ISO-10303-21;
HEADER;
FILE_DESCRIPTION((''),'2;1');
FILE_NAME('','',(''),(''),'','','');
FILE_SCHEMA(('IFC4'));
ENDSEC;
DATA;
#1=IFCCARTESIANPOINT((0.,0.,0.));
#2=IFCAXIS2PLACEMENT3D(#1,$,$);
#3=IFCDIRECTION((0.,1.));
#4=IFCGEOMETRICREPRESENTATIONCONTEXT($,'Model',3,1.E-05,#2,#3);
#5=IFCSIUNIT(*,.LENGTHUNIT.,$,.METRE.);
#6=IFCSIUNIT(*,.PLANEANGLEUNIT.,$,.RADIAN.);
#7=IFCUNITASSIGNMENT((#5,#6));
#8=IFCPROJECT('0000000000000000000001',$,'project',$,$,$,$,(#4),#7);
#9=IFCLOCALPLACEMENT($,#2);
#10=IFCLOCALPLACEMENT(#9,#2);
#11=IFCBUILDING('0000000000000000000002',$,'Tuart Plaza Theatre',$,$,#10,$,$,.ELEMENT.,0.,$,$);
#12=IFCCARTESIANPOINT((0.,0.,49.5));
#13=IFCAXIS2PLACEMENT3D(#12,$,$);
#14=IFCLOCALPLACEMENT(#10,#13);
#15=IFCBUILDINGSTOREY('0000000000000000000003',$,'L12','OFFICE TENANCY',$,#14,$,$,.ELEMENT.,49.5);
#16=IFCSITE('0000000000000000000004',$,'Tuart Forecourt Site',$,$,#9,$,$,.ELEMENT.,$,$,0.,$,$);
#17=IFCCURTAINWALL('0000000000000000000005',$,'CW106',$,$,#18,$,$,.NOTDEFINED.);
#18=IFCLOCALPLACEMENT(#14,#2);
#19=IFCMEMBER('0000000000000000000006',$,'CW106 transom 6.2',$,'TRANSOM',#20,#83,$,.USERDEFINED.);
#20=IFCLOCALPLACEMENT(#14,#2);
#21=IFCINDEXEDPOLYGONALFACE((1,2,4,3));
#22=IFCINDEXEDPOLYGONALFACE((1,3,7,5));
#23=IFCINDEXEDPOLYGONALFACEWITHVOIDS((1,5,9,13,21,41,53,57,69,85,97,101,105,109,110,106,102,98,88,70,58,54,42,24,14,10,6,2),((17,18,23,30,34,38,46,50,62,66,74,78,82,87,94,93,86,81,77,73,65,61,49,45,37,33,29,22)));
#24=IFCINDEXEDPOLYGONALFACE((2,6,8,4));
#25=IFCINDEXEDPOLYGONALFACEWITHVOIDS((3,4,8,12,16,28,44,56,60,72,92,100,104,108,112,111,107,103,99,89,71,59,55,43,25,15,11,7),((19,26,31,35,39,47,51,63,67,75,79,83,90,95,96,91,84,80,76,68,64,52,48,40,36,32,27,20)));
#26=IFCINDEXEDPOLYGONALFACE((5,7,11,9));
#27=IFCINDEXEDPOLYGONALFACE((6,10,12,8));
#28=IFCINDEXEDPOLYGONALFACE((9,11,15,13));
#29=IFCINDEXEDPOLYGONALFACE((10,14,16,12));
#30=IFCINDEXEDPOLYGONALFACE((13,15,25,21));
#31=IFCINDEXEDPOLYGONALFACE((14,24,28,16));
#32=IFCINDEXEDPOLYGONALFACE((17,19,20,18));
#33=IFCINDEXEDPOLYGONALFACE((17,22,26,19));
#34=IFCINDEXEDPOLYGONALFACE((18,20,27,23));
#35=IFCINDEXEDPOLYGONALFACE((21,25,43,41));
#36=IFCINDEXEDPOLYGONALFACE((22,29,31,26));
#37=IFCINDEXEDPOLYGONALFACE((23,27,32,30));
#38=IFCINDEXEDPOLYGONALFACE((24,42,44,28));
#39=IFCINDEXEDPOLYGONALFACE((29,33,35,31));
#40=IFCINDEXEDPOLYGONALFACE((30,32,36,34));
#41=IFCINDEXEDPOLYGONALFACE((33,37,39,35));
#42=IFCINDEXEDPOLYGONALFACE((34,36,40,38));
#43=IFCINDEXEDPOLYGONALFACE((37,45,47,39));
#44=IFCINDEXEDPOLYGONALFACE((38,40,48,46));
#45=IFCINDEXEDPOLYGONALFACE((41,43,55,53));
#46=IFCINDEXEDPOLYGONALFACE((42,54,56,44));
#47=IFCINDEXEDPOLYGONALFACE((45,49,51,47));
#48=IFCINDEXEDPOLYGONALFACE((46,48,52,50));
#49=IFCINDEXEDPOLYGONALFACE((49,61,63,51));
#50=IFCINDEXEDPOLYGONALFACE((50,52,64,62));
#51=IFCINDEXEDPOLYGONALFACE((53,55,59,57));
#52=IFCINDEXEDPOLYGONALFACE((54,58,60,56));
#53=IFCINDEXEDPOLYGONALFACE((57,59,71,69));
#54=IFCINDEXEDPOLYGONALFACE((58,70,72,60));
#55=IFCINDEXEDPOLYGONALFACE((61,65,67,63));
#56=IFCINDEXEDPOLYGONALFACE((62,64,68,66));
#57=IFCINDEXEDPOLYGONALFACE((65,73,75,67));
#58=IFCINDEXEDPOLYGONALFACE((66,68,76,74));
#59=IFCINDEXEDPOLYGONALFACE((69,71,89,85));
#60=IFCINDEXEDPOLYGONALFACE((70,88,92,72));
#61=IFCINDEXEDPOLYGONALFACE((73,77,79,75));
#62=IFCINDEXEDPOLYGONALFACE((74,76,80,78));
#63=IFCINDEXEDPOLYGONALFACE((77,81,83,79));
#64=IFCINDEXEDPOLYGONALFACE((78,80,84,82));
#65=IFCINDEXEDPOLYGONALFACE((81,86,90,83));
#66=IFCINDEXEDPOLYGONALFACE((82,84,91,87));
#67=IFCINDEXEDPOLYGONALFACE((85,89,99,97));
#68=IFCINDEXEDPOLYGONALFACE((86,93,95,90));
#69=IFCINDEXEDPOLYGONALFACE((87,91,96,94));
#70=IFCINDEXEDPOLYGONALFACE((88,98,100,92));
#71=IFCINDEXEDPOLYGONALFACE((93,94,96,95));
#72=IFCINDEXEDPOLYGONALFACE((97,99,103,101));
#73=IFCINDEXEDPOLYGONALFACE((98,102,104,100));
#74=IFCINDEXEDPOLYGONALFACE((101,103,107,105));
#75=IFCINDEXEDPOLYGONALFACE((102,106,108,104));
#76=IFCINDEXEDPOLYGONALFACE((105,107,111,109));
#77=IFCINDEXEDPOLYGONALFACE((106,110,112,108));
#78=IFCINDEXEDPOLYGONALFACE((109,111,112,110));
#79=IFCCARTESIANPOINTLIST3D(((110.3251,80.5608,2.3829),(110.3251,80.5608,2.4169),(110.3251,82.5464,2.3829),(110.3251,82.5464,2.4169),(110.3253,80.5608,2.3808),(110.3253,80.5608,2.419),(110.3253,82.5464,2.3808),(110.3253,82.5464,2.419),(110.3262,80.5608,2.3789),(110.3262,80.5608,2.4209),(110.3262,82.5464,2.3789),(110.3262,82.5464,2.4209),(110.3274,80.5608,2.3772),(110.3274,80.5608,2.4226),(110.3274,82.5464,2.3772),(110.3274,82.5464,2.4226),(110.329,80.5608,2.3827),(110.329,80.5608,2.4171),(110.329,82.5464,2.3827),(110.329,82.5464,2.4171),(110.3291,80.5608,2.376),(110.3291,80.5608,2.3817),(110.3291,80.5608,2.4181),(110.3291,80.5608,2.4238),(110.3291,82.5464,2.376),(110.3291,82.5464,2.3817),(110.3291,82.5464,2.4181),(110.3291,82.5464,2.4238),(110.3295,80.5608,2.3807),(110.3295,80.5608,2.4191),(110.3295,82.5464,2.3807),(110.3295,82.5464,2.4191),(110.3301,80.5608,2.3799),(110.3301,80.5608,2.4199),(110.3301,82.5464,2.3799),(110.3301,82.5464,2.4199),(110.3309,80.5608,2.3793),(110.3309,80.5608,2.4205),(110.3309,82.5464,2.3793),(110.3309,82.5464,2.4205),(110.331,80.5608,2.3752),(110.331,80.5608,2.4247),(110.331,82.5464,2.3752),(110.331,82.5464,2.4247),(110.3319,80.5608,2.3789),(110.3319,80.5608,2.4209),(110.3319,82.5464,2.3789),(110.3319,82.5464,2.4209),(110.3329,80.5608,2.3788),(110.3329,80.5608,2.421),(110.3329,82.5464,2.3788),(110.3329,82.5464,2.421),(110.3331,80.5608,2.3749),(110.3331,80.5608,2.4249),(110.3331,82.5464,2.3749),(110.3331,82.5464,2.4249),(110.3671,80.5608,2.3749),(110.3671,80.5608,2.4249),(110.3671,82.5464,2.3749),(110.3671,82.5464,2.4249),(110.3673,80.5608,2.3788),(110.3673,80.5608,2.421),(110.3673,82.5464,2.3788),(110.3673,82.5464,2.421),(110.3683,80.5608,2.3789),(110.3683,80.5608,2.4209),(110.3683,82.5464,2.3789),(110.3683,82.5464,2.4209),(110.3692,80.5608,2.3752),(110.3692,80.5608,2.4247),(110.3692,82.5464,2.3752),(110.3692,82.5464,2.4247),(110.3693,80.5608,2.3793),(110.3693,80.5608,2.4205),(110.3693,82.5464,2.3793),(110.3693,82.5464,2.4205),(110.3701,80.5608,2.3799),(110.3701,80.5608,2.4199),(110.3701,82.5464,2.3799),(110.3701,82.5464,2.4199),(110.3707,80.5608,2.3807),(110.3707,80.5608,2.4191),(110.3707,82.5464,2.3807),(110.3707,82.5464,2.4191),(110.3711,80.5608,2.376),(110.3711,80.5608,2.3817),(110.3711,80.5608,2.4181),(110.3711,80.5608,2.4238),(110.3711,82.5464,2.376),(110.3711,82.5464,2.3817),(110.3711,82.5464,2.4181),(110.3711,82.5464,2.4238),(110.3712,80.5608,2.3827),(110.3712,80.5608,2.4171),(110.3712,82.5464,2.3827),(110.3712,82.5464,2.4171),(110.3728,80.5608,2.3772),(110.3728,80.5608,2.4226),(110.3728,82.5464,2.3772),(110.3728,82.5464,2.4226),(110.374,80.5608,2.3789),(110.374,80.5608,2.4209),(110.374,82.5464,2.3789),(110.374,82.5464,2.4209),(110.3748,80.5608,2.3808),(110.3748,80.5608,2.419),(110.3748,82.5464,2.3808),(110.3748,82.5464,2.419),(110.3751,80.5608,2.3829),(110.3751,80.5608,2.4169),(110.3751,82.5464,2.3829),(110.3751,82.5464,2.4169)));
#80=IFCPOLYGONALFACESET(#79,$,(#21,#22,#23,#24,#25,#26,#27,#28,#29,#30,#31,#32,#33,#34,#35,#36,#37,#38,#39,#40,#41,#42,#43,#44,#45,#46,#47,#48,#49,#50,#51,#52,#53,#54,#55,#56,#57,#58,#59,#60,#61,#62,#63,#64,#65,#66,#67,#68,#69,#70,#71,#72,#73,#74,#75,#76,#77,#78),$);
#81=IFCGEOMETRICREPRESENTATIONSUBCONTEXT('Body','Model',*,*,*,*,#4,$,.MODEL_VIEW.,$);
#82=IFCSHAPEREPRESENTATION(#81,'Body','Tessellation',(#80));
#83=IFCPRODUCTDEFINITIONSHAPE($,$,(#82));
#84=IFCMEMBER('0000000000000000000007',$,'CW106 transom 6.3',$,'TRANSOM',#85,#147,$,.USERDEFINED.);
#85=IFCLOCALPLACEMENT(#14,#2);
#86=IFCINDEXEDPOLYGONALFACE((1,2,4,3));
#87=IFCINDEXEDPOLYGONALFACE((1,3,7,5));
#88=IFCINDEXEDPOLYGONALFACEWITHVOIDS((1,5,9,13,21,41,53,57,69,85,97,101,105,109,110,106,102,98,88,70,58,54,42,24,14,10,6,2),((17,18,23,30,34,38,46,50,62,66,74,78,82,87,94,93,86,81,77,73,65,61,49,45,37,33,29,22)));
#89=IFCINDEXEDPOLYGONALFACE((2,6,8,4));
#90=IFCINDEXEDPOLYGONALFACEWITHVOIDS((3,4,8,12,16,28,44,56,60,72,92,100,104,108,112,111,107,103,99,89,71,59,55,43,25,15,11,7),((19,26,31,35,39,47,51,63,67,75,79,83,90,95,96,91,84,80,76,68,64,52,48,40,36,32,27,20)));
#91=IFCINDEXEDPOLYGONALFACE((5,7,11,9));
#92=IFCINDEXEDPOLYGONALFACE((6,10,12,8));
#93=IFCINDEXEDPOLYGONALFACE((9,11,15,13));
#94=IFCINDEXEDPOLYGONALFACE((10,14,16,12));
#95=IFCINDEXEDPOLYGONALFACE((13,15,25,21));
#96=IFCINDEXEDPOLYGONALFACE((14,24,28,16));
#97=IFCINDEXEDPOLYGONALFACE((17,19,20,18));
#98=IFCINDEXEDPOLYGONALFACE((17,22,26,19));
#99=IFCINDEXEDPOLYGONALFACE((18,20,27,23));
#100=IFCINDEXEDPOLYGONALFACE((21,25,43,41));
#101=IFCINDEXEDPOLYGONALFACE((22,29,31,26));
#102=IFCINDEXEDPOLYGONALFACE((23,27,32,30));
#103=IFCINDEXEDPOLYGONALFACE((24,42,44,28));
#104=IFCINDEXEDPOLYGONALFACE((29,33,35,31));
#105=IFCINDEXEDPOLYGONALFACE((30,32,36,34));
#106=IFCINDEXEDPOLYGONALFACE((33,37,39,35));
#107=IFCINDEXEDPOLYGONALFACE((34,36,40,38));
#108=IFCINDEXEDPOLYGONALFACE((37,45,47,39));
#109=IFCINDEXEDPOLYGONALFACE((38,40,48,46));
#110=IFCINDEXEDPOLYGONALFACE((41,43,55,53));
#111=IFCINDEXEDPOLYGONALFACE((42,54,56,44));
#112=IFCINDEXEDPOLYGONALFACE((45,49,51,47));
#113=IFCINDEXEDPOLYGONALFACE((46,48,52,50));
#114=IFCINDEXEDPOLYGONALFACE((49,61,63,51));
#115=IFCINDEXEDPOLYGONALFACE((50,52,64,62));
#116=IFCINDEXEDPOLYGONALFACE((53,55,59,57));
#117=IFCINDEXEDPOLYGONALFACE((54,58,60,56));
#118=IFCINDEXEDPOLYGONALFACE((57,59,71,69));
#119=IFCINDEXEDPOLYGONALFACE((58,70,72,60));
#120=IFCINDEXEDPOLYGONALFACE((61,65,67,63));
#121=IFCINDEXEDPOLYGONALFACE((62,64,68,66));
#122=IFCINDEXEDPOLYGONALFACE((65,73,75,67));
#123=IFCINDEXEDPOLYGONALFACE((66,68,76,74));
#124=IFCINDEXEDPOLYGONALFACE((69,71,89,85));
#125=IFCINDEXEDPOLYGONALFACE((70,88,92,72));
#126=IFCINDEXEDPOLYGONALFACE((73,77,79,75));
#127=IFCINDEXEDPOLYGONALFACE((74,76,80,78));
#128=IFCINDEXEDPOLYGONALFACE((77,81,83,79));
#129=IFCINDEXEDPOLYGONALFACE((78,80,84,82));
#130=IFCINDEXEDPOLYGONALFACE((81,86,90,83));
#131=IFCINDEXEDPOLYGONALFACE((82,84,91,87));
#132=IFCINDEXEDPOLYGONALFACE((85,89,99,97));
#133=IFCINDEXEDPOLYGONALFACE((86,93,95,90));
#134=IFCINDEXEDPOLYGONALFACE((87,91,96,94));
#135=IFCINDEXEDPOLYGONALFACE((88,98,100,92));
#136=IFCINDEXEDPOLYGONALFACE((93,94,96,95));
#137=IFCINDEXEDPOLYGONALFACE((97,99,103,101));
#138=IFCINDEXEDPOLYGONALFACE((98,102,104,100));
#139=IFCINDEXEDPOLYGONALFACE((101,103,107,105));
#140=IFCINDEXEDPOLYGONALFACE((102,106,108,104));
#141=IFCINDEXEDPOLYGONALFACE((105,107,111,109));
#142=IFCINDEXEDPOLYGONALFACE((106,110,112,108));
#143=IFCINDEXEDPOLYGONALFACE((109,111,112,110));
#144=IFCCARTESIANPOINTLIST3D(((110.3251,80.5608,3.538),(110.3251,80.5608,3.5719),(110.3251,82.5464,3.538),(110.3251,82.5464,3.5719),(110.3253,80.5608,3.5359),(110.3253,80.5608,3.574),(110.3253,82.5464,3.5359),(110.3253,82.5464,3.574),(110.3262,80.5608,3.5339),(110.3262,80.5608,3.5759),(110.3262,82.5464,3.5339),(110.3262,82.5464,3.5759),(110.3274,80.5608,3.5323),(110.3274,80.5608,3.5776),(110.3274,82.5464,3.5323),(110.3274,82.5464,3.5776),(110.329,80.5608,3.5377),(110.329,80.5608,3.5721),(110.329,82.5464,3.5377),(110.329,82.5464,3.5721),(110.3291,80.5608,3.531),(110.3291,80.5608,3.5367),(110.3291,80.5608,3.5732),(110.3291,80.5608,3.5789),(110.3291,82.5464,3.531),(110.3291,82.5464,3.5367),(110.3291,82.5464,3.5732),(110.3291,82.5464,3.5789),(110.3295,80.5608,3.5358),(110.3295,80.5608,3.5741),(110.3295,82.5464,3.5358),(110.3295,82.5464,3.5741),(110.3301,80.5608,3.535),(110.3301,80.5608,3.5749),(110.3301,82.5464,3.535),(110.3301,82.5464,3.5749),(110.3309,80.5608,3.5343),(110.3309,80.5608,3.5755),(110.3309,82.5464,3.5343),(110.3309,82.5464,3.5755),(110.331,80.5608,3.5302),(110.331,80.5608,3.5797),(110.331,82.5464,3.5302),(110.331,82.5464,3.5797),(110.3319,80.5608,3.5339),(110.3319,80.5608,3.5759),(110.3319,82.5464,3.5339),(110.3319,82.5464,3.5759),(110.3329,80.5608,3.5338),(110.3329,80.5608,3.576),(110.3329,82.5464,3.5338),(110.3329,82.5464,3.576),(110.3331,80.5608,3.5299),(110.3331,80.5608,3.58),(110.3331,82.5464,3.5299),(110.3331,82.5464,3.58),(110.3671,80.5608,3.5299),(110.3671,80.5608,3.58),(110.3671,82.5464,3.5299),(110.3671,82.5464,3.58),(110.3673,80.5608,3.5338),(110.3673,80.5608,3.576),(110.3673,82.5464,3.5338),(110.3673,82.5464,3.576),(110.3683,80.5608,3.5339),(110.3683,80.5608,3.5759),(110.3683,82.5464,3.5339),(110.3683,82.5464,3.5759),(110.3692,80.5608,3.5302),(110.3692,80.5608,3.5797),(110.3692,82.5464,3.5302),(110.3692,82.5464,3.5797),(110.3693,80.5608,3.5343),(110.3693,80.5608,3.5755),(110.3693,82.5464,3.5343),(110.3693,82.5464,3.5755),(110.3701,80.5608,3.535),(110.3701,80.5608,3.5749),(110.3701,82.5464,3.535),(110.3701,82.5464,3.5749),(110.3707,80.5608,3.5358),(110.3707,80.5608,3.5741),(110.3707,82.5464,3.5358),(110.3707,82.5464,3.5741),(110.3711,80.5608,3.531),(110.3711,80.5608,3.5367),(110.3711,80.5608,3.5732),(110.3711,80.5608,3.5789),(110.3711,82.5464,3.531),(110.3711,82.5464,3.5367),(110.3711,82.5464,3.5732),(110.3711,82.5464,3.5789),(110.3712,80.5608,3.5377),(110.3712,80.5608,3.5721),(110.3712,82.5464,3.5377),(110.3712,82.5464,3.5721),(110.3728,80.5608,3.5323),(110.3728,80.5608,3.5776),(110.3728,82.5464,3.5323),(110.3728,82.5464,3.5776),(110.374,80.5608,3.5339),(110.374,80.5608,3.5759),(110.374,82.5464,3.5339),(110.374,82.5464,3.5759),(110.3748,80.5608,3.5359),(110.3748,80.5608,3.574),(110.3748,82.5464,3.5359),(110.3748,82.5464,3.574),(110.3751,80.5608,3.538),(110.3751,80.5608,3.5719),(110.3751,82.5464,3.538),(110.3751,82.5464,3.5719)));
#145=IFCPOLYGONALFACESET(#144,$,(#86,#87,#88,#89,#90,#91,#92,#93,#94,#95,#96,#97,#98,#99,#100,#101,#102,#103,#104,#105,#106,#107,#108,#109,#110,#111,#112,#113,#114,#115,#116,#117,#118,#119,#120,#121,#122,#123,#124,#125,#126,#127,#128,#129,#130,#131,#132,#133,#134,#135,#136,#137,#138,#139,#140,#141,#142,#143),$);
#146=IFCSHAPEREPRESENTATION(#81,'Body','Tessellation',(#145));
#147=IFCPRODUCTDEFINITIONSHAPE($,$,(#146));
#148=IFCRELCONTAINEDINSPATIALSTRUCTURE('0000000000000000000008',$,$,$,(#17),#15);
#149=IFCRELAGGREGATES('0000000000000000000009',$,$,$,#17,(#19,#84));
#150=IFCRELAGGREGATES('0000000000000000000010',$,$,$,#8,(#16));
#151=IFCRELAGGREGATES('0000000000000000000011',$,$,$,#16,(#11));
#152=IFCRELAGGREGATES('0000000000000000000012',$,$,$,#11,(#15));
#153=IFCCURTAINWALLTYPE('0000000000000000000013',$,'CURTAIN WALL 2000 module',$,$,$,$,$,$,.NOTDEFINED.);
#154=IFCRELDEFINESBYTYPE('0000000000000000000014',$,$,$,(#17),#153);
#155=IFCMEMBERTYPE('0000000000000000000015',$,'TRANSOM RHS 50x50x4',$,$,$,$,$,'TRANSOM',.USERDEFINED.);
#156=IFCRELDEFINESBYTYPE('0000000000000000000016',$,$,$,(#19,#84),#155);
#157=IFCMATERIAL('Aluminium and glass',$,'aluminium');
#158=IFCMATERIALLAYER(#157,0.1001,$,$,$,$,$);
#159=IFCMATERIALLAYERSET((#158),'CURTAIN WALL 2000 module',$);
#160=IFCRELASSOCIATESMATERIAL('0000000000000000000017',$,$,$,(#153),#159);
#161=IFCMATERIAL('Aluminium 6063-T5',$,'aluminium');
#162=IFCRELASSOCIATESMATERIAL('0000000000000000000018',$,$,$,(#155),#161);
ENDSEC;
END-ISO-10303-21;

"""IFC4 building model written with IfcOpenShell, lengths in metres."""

from ifc_helpers import new_model, si_unit, direction, frame, origin, origin_2d, place, context, subcontext, project, spatial, hollow_rectangle, extrude, material, layer, layer_set, material_profile, profile_set, type_object, element, aggregate, save


model = new_model("IFC4")

# Units and contexts
model_context = context("Model", 3, precision=1e-05, world=origin(), true_north=direction((0.0, 1.0)))
body_context = subcontext(model_context, "Body", "Model", "MODEL_VIEW")
ifc_project = project(units=[si_unit("LENGTHUNIT", "METRE"), si_unit("PLANEANGLEUNIT", "RADIAN")], contexts=[model_context])

# Site, building, storey
site_placement = place(None, origin())
site = spatial("IfcSite", under=ifc_project, at=site_placement, Name="Tuart Forecourt Site", CompositionType="ELEMENT", RefElevation=0.0)
building_placement = place(site_placement, origin())
building = spatial("IfcBuilding", under=site, at=building_placement, Name="Tuart Plaza Theatre", CompositionType="ELEMENT", ElevationOfRefHeight=0.0)
storey_placement = place(building_placement, frame((0.0, 0.0, 49.5)))
storey = spatial("IfcBuildingStorey", under=building, at=storey_placement, Name="L12", Description="OFFICE TENANCY", CompositionType="ELEMENT", Elevation=49.5)

# Curtain wall, members
ifc_material_1 = material(Name="Aluminium and glass", Category="aluminium")
ifc_layer_1 = layer(ifc_material_1, 0.1001)
ifc_layer_set_1 = layer_set([ifc_layer_1], Name="CURTAIN WALL 2000 module")
curtain_wall_type = type_object("IfcCurtainWallType", Name="CURTAIN WALL 2000 module", PredefinedType="NOTDEFINED", material=ifc_layer_set_1)
curtain_wall_placement = place(storey_placement, origin())
curtain_wall = element("IfcCurtainWall", 1, at=curtain_wall_placement, inside=storey, type_object=curtain_wall_type, Name="CW106", PredefinedType="NOTDEFINED")
ifc_material_2 = material(Name="Aluminium 6063-T5", Category="aluminium")
ifc_material_profile = material_profile(ifc_material_2, hollow_rectangle(XDim=0.05, YDim=0.05, WallThickness=0.0039, InnerFilletRadius=0.0039, OuterFilletRadius=0.0081, at=origin_2d()), Name="RHS 50x50x4")
ifc_profile_set = profile_set([ifc_material_profile], Name="Aluminium 6063-T5")
member_type = type_object("IfcMemberType", Name="TRANSOM RHS 50x50x4", ElementType="TRANSOM", PredefinedType="USERDEFINED", material=ifc_profile_set)
member_1_placement = place(storey_placement, frame((110.3501, 82.5464, 2.3999), z_axis=(0.0, -1.0, 0.0), x_axis=(1.0, 0.0, 0.0)))
member_1 = element("IfcMember", 2, at=member_1_placement, type_object=member_type, Name="CW106 transom 6.2", ObjectType="TRANSOM", PredefinedType="USERDEFINED", context=body_context, shape_type="SweptSolid", body=[
    extrude(hollow_rectangle(XDim=0.05, YDim=0.05, WallThickness=0.0039, InnerFilletRadius=0.0039, OuterFilletRadius=0.0081, at=origin_2d()), origin(), (0.0, 0.0, 1.0), 1.9856),
])
member_2_placement = place(storey_placement, frame((110.3501, 82.5464, 3.5549), z_axis=(0.0, -1.0, 0.0), x_axis=(1.0, 0.0, 0.0)))
member_2 = element("IfcMember", 3, at=member_2_placement, type_object=member_type, Name="CW106 transom 6.3", ObjectType="TRANSOM", PredefinedType="USERDEFINED", context=body_context, shape_type="SweptSolid", body=[
    extrude(hollow_rectangle(XDim=0.05, YDim=0.05, WallThickness=0.0039, InnerFilletRadius=0.0039, OuterFilletRadius=0.0081, at=origin_2d()), origin(), (0.0, 0.0, 1.0), 1.9856),
])
aggregate(curtain_wall, [member_1, member_2])

save(model, "model.ifc")
